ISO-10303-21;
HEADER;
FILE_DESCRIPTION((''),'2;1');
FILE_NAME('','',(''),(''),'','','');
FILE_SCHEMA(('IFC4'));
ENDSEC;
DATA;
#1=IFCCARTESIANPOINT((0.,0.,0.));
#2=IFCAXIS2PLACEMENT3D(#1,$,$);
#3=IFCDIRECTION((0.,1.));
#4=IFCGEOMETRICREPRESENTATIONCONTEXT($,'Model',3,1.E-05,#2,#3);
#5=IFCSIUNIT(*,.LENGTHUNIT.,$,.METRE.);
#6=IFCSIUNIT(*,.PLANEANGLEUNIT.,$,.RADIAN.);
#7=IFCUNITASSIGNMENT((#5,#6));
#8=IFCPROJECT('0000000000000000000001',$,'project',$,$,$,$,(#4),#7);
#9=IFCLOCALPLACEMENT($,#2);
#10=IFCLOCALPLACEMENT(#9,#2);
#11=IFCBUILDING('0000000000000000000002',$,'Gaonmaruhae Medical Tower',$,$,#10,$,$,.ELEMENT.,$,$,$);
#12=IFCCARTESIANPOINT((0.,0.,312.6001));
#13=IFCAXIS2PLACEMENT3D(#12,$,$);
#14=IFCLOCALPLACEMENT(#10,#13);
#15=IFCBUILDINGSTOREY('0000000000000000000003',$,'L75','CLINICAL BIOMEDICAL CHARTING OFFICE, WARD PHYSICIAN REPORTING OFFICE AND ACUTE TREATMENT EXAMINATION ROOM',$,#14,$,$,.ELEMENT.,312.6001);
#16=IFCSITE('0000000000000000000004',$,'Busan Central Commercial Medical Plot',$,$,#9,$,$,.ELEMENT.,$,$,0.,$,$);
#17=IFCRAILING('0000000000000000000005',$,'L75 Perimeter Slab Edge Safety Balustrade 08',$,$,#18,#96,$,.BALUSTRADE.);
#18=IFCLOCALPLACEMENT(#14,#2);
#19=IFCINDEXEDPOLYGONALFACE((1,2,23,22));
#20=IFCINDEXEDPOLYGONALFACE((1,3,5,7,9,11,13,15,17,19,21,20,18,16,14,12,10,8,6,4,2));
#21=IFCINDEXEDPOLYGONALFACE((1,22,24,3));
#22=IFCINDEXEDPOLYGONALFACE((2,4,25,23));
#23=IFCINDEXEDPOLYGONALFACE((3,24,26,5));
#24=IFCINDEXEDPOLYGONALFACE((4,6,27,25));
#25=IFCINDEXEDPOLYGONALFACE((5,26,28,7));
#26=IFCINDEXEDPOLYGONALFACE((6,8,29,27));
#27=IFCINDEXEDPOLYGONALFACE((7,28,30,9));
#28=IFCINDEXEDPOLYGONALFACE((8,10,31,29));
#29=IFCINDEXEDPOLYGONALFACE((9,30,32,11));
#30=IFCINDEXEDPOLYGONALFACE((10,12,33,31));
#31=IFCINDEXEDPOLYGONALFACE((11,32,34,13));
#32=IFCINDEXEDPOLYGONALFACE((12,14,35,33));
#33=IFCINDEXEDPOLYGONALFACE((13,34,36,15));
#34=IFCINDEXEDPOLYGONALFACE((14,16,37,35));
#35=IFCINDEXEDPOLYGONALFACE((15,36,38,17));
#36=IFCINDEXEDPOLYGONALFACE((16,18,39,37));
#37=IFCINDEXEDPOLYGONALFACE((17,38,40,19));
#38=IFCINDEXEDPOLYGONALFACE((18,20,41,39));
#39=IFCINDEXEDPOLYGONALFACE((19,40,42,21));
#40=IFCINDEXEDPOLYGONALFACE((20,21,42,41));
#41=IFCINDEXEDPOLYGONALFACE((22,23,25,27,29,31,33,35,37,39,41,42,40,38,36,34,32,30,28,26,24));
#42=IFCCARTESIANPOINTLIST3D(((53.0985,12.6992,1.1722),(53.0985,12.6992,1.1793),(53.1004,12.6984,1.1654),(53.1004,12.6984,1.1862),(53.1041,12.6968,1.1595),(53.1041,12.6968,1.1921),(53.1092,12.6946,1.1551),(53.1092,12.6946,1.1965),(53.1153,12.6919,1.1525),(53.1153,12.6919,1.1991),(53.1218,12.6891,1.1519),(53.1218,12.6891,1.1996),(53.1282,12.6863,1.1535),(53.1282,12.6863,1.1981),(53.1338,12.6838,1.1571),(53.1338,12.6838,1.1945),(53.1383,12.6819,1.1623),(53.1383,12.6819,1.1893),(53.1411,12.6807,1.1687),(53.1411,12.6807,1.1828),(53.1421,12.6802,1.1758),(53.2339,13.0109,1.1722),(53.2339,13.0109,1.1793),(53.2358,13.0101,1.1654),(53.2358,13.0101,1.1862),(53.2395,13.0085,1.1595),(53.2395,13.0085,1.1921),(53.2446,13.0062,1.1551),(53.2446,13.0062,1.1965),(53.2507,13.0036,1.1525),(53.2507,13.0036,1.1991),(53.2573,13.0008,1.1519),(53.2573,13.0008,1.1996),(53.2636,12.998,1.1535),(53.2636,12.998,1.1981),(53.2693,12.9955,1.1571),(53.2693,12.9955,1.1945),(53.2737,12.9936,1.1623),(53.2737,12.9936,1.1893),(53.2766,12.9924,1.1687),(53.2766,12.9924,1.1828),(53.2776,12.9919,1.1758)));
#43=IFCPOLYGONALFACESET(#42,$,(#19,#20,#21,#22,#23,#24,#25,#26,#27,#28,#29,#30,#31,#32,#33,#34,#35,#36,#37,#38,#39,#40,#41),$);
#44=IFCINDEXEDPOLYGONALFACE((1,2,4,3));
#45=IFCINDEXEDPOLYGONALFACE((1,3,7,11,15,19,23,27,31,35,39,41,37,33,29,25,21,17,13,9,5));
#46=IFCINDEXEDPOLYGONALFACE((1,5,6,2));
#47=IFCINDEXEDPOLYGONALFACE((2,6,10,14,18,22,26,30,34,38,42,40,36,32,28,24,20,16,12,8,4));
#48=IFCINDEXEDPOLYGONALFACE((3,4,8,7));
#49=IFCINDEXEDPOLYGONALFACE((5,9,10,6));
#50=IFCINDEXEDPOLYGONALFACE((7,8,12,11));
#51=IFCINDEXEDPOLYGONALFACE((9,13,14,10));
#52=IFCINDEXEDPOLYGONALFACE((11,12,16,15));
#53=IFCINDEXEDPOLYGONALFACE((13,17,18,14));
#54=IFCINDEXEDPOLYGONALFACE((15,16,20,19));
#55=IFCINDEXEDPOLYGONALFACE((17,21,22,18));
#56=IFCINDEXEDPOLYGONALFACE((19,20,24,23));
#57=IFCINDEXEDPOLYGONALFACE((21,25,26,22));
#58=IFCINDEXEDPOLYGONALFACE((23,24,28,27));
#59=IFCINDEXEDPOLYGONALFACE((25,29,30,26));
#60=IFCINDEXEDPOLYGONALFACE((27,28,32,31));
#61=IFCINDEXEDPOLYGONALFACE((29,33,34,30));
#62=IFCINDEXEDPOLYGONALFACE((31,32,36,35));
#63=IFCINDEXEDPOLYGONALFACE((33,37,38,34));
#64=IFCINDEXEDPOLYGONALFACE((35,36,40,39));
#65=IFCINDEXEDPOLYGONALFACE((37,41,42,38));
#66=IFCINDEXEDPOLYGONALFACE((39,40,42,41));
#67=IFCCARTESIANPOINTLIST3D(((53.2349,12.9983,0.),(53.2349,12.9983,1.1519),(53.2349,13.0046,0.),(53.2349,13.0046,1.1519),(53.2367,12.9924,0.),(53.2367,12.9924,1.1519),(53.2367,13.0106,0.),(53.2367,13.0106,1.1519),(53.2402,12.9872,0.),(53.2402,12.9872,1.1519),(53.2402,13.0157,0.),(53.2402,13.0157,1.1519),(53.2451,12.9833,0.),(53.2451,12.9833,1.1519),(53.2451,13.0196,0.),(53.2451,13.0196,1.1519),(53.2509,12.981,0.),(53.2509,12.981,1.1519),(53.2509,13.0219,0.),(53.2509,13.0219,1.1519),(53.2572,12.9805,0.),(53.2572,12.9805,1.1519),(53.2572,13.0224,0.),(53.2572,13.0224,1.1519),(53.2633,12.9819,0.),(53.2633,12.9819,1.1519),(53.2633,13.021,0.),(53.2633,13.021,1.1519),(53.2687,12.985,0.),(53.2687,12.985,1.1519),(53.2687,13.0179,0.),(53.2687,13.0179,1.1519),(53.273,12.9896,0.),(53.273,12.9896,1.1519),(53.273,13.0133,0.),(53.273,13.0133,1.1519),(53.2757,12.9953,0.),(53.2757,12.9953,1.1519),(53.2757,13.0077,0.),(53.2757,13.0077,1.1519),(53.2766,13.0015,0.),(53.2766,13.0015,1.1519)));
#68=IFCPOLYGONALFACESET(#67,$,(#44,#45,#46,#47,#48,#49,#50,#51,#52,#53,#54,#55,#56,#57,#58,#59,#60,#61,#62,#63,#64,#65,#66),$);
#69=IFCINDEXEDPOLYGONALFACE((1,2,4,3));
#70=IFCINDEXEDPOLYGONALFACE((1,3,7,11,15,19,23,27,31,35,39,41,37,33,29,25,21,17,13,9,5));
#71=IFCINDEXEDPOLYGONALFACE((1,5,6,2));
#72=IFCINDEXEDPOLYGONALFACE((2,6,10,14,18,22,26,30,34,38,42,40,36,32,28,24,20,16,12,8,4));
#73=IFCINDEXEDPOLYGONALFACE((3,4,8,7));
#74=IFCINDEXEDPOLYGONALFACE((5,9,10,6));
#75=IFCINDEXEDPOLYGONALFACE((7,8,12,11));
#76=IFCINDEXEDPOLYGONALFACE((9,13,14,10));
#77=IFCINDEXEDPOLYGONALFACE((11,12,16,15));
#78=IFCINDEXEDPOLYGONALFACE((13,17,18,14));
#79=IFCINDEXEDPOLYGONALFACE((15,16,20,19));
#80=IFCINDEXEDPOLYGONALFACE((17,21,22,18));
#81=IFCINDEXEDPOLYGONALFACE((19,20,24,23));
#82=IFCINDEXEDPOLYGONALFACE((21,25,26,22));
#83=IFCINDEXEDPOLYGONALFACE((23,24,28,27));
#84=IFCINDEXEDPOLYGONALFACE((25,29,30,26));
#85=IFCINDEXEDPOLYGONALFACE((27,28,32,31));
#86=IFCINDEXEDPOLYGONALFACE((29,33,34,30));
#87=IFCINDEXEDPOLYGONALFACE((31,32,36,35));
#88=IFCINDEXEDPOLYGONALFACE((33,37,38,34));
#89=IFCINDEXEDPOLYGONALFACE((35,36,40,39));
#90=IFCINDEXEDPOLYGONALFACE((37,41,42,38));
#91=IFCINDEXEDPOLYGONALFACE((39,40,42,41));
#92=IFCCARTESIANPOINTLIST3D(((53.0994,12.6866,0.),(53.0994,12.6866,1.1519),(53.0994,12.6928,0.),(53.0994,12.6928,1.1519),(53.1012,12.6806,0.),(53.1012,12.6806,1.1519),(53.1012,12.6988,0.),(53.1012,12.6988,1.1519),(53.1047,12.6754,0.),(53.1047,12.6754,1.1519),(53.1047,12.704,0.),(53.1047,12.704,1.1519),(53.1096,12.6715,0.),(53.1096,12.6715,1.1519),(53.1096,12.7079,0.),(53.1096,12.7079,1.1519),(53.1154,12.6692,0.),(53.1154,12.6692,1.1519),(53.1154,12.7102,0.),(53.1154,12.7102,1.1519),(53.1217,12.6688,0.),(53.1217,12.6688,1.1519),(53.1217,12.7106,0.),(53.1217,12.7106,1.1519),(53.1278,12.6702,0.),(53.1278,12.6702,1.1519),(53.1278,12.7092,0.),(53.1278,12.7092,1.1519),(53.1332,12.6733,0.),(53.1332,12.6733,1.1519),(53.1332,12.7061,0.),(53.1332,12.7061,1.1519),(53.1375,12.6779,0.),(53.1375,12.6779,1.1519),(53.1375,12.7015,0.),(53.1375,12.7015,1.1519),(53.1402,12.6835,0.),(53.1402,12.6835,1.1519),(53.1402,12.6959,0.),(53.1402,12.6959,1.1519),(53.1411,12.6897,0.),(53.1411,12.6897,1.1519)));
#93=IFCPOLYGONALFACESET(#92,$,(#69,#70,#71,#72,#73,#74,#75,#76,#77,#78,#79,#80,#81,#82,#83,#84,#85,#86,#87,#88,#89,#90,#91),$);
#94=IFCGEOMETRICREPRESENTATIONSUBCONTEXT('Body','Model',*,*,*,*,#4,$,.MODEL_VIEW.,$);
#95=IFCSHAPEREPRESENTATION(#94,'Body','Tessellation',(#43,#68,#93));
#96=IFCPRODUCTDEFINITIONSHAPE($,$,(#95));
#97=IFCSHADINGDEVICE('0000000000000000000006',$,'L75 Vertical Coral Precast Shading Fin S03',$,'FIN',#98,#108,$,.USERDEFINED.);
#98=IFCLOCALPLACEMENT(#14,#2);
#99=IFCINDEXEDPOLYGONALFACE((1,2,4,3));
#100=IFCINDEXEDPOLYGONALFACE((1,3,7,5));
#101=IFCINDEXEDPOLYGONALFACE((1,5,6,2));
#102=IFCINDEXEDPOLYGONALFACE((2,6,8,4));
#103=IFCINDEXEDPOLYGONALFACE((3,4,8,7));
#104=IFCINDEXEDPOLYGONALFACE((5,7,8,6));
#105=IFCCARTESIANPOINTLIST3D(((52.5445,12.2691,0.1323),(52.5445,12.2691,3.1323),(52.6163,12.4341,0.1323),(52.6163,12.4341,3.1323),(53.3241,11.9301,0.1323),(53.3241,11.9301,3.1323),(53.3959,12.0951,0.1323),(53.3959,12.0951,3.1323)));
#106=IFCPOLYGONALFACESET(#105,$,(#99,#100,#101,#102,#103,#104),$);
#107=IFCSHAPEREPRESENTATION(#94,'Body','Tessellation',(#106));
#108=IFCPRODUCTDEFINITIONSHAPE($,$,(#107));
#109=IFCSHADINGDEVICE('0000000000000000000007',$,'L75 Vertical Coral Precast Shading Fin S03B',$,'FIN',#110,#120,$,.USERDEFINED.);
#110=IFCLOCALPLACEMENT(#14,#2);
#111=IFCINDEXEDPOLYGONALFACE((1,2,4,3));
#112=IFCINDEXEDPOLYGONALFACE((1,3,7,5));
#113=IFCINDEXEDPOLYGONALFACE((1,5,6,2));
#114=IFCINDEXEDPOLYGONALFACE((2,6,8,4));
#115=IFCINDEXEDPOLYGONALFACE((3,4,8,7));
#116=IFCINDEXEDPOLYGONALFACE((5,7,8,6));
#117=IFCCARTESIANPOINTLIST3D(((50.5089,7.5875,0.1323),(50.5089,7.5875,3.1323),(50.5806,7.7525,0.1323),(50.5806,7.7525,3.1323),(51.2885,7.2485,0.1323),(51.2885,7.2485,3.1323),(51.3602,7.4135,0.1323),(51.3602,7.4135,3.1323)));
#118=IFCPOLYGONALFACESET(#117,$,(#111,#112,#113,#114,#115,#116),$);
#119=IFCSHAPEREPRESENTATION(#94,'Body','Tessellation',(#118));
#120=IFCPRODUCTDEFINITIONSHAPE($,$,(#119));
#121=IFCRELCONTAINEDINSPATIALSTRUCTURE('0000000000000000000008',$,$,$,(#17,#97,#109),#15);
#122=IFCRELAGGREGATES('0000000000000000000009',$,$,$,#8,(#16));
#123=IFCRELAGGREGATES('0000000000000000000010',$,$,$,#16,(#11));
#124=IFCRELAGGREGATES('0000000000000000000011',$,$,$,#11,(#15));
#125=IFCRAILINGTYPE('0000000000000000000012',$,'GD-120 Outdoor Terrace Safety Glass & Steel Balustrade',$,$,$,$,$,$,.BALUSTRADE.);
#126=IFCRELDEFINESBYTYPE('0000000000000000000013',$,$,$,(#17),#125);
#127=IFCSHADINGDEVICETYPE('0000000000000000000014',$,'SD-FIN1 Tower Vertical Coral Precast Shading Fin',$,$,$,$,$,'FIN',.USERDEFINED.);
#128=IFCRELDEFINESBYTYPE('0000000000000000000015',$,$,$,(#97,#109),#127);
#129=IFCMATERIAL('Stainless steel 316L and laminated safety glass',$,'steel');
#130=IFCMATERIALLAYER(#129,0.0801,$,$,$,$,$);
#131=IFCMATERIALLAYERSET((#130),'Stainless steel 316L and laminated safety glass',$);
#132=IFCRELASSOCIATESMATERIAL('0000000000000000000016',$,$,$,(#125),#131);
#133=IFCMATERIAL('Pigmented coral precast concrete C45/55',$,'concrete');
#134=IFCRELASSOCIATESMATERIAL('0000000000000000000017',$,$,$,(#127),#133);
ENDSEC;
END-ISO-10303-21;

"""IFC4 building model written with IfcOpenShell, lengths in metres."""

from ifc_helpers import new_model, si_unit, direction, frame, origin, origin_2d, place, context, subcontext, project, spatial, rectangle, circle, extrude, material, layer, layer_set, type_object, element, save


model = new_model("IFC4")

# Units and contexts
model_context = context("Model", 3, precision=1e-05, world=origin(), true_north=direction((0.0, 1.0)))
body_context = subcontext(model_context, "Body", "Model", "MODEL_VIEW")
ifc_project = project(units=[si_unit("LENGTHUNIT", "METRE"), si_unit("PLANEANGLEUNIT", "RADIAN")], contexts=[model_context])

# Site, building, storey
site_placement = place(None, origin())
site = spatial("IfcSite", under=ifc_project, at=site_placement, Name="Busan Central Commercial Medical Plot", CompositionType="ELEMENT", RefElevation=0.0)
building_placement = place(site_placement, origin())
building = spatial("IfcBuilding", under=site, at=building_placement, Name="Gaonmaruhae Medical Tower", CompositionType="ELEMENT")
storey_placement = place(building_placement, frame((0.0, 0.0, 312.6001)))
storey = spatial("IfcBuildingStorey", under=building, at=storey_placement, Name="L75", Description="CLINICAL BIOMEDICAL CHARTING OFFICE, WARD PHYSICIAN REPORTING OFFICE AND ACUTE TREATMENT EXAMINATION ROOM", CompositionType="ELEMENT", Elevation=312.6001)

# Railing
ifc_material_1 = material(Name="Stainless steel 316L and laminated safety glass", Category="steel")
ifc_layer_1 = layer(ifc_material_1, 0.0801)
ifc_layer_set_1 = layer_set([ifc_layer_1], Name="Stainless steel 316L and laminated safety glass")
railing_type = type_object("IfcRailingType", Name="GD-120 Outdoor Terrace Safety Glass & Steel Balustrade", PredefinedType="BALUSTRADE", material=ifc_layer_set_1)
railing_1_placement = place(storey_placement, frame((53.2556, 13.0015, 0.0)))
element("IfcRailing", 1, at=railing_1_placement, inside=storey, type_object=railing_type, Name="L75 Perimeter Slab Edge Safety Balustrade 08", PredefinedType="BALUSTRADE", context=body_context, shape_type="SweptSolid", body=[
    extrude(circle(Radius=0.0239, at=origin_2d()), frame((0.0, 0.0, 1.1758), z_axis=(-0.398595, -0.917127, 0.0), x_axis=(0.917127, -0.398595, 0.0)), (0.0, 0.0, 1.0), 0.3398),
    extrude(circle(Radius=0.021, at=origin_2d()), origin(), (0.0, 0.0, 1.0), 1.1519),
    extrude(circle(Radius=0.021, at=origin_2d()), frame((-0.1355, -0.3118, 0.0)), (0.0, 0.0, 1.0), 1.1519),
])

# Shading devices
ifc_material_2 = material(Name="Pigmented coral precast concrete C45/55", Category="concrete")
shading_device_type = type_object("IfcShadingDeviceType", Name="SD-FIN1 Tower Vertical Coral Precast Shading Fin", ElementType="FIN", PredefinedType="USERDEFINED", material=ifc_material_2)
for number, where, z_axis, x_axis, name in (
    (2, (52.9702, 12.1821, 0.1323), (0.0, 0.0, 1.0), (-0.398749, -0.91706, 0.0), "L75 Vertical Coral Precast Shading Fin S03"),
    (3, (50.9346, 7.5005, 0.1323), (0.0, 0.0, 1.0), (-0.398749, -0.91706, 0.0), "L75 Vertical Coral Precast Shading Fin S03B"),
):
    element("IfcShadingDevice", number, at=place(storey_placement, frame(where, z_axis=z_axis, x_axis=x_axis)), inside=storey, type_object=shading_device_type, Name=name, ObjectType="FIN", PredefinedType="USERDEFINED", context=body_context, shape_type="SweptSolid", body=[
        extrude(rectangle(XDim=0.1799, YDim=0.8501, at=origin_2d()), origin(), (0.0, 0.0, 1.0), 3.0),
    ])

save(model, "model.ifc")
